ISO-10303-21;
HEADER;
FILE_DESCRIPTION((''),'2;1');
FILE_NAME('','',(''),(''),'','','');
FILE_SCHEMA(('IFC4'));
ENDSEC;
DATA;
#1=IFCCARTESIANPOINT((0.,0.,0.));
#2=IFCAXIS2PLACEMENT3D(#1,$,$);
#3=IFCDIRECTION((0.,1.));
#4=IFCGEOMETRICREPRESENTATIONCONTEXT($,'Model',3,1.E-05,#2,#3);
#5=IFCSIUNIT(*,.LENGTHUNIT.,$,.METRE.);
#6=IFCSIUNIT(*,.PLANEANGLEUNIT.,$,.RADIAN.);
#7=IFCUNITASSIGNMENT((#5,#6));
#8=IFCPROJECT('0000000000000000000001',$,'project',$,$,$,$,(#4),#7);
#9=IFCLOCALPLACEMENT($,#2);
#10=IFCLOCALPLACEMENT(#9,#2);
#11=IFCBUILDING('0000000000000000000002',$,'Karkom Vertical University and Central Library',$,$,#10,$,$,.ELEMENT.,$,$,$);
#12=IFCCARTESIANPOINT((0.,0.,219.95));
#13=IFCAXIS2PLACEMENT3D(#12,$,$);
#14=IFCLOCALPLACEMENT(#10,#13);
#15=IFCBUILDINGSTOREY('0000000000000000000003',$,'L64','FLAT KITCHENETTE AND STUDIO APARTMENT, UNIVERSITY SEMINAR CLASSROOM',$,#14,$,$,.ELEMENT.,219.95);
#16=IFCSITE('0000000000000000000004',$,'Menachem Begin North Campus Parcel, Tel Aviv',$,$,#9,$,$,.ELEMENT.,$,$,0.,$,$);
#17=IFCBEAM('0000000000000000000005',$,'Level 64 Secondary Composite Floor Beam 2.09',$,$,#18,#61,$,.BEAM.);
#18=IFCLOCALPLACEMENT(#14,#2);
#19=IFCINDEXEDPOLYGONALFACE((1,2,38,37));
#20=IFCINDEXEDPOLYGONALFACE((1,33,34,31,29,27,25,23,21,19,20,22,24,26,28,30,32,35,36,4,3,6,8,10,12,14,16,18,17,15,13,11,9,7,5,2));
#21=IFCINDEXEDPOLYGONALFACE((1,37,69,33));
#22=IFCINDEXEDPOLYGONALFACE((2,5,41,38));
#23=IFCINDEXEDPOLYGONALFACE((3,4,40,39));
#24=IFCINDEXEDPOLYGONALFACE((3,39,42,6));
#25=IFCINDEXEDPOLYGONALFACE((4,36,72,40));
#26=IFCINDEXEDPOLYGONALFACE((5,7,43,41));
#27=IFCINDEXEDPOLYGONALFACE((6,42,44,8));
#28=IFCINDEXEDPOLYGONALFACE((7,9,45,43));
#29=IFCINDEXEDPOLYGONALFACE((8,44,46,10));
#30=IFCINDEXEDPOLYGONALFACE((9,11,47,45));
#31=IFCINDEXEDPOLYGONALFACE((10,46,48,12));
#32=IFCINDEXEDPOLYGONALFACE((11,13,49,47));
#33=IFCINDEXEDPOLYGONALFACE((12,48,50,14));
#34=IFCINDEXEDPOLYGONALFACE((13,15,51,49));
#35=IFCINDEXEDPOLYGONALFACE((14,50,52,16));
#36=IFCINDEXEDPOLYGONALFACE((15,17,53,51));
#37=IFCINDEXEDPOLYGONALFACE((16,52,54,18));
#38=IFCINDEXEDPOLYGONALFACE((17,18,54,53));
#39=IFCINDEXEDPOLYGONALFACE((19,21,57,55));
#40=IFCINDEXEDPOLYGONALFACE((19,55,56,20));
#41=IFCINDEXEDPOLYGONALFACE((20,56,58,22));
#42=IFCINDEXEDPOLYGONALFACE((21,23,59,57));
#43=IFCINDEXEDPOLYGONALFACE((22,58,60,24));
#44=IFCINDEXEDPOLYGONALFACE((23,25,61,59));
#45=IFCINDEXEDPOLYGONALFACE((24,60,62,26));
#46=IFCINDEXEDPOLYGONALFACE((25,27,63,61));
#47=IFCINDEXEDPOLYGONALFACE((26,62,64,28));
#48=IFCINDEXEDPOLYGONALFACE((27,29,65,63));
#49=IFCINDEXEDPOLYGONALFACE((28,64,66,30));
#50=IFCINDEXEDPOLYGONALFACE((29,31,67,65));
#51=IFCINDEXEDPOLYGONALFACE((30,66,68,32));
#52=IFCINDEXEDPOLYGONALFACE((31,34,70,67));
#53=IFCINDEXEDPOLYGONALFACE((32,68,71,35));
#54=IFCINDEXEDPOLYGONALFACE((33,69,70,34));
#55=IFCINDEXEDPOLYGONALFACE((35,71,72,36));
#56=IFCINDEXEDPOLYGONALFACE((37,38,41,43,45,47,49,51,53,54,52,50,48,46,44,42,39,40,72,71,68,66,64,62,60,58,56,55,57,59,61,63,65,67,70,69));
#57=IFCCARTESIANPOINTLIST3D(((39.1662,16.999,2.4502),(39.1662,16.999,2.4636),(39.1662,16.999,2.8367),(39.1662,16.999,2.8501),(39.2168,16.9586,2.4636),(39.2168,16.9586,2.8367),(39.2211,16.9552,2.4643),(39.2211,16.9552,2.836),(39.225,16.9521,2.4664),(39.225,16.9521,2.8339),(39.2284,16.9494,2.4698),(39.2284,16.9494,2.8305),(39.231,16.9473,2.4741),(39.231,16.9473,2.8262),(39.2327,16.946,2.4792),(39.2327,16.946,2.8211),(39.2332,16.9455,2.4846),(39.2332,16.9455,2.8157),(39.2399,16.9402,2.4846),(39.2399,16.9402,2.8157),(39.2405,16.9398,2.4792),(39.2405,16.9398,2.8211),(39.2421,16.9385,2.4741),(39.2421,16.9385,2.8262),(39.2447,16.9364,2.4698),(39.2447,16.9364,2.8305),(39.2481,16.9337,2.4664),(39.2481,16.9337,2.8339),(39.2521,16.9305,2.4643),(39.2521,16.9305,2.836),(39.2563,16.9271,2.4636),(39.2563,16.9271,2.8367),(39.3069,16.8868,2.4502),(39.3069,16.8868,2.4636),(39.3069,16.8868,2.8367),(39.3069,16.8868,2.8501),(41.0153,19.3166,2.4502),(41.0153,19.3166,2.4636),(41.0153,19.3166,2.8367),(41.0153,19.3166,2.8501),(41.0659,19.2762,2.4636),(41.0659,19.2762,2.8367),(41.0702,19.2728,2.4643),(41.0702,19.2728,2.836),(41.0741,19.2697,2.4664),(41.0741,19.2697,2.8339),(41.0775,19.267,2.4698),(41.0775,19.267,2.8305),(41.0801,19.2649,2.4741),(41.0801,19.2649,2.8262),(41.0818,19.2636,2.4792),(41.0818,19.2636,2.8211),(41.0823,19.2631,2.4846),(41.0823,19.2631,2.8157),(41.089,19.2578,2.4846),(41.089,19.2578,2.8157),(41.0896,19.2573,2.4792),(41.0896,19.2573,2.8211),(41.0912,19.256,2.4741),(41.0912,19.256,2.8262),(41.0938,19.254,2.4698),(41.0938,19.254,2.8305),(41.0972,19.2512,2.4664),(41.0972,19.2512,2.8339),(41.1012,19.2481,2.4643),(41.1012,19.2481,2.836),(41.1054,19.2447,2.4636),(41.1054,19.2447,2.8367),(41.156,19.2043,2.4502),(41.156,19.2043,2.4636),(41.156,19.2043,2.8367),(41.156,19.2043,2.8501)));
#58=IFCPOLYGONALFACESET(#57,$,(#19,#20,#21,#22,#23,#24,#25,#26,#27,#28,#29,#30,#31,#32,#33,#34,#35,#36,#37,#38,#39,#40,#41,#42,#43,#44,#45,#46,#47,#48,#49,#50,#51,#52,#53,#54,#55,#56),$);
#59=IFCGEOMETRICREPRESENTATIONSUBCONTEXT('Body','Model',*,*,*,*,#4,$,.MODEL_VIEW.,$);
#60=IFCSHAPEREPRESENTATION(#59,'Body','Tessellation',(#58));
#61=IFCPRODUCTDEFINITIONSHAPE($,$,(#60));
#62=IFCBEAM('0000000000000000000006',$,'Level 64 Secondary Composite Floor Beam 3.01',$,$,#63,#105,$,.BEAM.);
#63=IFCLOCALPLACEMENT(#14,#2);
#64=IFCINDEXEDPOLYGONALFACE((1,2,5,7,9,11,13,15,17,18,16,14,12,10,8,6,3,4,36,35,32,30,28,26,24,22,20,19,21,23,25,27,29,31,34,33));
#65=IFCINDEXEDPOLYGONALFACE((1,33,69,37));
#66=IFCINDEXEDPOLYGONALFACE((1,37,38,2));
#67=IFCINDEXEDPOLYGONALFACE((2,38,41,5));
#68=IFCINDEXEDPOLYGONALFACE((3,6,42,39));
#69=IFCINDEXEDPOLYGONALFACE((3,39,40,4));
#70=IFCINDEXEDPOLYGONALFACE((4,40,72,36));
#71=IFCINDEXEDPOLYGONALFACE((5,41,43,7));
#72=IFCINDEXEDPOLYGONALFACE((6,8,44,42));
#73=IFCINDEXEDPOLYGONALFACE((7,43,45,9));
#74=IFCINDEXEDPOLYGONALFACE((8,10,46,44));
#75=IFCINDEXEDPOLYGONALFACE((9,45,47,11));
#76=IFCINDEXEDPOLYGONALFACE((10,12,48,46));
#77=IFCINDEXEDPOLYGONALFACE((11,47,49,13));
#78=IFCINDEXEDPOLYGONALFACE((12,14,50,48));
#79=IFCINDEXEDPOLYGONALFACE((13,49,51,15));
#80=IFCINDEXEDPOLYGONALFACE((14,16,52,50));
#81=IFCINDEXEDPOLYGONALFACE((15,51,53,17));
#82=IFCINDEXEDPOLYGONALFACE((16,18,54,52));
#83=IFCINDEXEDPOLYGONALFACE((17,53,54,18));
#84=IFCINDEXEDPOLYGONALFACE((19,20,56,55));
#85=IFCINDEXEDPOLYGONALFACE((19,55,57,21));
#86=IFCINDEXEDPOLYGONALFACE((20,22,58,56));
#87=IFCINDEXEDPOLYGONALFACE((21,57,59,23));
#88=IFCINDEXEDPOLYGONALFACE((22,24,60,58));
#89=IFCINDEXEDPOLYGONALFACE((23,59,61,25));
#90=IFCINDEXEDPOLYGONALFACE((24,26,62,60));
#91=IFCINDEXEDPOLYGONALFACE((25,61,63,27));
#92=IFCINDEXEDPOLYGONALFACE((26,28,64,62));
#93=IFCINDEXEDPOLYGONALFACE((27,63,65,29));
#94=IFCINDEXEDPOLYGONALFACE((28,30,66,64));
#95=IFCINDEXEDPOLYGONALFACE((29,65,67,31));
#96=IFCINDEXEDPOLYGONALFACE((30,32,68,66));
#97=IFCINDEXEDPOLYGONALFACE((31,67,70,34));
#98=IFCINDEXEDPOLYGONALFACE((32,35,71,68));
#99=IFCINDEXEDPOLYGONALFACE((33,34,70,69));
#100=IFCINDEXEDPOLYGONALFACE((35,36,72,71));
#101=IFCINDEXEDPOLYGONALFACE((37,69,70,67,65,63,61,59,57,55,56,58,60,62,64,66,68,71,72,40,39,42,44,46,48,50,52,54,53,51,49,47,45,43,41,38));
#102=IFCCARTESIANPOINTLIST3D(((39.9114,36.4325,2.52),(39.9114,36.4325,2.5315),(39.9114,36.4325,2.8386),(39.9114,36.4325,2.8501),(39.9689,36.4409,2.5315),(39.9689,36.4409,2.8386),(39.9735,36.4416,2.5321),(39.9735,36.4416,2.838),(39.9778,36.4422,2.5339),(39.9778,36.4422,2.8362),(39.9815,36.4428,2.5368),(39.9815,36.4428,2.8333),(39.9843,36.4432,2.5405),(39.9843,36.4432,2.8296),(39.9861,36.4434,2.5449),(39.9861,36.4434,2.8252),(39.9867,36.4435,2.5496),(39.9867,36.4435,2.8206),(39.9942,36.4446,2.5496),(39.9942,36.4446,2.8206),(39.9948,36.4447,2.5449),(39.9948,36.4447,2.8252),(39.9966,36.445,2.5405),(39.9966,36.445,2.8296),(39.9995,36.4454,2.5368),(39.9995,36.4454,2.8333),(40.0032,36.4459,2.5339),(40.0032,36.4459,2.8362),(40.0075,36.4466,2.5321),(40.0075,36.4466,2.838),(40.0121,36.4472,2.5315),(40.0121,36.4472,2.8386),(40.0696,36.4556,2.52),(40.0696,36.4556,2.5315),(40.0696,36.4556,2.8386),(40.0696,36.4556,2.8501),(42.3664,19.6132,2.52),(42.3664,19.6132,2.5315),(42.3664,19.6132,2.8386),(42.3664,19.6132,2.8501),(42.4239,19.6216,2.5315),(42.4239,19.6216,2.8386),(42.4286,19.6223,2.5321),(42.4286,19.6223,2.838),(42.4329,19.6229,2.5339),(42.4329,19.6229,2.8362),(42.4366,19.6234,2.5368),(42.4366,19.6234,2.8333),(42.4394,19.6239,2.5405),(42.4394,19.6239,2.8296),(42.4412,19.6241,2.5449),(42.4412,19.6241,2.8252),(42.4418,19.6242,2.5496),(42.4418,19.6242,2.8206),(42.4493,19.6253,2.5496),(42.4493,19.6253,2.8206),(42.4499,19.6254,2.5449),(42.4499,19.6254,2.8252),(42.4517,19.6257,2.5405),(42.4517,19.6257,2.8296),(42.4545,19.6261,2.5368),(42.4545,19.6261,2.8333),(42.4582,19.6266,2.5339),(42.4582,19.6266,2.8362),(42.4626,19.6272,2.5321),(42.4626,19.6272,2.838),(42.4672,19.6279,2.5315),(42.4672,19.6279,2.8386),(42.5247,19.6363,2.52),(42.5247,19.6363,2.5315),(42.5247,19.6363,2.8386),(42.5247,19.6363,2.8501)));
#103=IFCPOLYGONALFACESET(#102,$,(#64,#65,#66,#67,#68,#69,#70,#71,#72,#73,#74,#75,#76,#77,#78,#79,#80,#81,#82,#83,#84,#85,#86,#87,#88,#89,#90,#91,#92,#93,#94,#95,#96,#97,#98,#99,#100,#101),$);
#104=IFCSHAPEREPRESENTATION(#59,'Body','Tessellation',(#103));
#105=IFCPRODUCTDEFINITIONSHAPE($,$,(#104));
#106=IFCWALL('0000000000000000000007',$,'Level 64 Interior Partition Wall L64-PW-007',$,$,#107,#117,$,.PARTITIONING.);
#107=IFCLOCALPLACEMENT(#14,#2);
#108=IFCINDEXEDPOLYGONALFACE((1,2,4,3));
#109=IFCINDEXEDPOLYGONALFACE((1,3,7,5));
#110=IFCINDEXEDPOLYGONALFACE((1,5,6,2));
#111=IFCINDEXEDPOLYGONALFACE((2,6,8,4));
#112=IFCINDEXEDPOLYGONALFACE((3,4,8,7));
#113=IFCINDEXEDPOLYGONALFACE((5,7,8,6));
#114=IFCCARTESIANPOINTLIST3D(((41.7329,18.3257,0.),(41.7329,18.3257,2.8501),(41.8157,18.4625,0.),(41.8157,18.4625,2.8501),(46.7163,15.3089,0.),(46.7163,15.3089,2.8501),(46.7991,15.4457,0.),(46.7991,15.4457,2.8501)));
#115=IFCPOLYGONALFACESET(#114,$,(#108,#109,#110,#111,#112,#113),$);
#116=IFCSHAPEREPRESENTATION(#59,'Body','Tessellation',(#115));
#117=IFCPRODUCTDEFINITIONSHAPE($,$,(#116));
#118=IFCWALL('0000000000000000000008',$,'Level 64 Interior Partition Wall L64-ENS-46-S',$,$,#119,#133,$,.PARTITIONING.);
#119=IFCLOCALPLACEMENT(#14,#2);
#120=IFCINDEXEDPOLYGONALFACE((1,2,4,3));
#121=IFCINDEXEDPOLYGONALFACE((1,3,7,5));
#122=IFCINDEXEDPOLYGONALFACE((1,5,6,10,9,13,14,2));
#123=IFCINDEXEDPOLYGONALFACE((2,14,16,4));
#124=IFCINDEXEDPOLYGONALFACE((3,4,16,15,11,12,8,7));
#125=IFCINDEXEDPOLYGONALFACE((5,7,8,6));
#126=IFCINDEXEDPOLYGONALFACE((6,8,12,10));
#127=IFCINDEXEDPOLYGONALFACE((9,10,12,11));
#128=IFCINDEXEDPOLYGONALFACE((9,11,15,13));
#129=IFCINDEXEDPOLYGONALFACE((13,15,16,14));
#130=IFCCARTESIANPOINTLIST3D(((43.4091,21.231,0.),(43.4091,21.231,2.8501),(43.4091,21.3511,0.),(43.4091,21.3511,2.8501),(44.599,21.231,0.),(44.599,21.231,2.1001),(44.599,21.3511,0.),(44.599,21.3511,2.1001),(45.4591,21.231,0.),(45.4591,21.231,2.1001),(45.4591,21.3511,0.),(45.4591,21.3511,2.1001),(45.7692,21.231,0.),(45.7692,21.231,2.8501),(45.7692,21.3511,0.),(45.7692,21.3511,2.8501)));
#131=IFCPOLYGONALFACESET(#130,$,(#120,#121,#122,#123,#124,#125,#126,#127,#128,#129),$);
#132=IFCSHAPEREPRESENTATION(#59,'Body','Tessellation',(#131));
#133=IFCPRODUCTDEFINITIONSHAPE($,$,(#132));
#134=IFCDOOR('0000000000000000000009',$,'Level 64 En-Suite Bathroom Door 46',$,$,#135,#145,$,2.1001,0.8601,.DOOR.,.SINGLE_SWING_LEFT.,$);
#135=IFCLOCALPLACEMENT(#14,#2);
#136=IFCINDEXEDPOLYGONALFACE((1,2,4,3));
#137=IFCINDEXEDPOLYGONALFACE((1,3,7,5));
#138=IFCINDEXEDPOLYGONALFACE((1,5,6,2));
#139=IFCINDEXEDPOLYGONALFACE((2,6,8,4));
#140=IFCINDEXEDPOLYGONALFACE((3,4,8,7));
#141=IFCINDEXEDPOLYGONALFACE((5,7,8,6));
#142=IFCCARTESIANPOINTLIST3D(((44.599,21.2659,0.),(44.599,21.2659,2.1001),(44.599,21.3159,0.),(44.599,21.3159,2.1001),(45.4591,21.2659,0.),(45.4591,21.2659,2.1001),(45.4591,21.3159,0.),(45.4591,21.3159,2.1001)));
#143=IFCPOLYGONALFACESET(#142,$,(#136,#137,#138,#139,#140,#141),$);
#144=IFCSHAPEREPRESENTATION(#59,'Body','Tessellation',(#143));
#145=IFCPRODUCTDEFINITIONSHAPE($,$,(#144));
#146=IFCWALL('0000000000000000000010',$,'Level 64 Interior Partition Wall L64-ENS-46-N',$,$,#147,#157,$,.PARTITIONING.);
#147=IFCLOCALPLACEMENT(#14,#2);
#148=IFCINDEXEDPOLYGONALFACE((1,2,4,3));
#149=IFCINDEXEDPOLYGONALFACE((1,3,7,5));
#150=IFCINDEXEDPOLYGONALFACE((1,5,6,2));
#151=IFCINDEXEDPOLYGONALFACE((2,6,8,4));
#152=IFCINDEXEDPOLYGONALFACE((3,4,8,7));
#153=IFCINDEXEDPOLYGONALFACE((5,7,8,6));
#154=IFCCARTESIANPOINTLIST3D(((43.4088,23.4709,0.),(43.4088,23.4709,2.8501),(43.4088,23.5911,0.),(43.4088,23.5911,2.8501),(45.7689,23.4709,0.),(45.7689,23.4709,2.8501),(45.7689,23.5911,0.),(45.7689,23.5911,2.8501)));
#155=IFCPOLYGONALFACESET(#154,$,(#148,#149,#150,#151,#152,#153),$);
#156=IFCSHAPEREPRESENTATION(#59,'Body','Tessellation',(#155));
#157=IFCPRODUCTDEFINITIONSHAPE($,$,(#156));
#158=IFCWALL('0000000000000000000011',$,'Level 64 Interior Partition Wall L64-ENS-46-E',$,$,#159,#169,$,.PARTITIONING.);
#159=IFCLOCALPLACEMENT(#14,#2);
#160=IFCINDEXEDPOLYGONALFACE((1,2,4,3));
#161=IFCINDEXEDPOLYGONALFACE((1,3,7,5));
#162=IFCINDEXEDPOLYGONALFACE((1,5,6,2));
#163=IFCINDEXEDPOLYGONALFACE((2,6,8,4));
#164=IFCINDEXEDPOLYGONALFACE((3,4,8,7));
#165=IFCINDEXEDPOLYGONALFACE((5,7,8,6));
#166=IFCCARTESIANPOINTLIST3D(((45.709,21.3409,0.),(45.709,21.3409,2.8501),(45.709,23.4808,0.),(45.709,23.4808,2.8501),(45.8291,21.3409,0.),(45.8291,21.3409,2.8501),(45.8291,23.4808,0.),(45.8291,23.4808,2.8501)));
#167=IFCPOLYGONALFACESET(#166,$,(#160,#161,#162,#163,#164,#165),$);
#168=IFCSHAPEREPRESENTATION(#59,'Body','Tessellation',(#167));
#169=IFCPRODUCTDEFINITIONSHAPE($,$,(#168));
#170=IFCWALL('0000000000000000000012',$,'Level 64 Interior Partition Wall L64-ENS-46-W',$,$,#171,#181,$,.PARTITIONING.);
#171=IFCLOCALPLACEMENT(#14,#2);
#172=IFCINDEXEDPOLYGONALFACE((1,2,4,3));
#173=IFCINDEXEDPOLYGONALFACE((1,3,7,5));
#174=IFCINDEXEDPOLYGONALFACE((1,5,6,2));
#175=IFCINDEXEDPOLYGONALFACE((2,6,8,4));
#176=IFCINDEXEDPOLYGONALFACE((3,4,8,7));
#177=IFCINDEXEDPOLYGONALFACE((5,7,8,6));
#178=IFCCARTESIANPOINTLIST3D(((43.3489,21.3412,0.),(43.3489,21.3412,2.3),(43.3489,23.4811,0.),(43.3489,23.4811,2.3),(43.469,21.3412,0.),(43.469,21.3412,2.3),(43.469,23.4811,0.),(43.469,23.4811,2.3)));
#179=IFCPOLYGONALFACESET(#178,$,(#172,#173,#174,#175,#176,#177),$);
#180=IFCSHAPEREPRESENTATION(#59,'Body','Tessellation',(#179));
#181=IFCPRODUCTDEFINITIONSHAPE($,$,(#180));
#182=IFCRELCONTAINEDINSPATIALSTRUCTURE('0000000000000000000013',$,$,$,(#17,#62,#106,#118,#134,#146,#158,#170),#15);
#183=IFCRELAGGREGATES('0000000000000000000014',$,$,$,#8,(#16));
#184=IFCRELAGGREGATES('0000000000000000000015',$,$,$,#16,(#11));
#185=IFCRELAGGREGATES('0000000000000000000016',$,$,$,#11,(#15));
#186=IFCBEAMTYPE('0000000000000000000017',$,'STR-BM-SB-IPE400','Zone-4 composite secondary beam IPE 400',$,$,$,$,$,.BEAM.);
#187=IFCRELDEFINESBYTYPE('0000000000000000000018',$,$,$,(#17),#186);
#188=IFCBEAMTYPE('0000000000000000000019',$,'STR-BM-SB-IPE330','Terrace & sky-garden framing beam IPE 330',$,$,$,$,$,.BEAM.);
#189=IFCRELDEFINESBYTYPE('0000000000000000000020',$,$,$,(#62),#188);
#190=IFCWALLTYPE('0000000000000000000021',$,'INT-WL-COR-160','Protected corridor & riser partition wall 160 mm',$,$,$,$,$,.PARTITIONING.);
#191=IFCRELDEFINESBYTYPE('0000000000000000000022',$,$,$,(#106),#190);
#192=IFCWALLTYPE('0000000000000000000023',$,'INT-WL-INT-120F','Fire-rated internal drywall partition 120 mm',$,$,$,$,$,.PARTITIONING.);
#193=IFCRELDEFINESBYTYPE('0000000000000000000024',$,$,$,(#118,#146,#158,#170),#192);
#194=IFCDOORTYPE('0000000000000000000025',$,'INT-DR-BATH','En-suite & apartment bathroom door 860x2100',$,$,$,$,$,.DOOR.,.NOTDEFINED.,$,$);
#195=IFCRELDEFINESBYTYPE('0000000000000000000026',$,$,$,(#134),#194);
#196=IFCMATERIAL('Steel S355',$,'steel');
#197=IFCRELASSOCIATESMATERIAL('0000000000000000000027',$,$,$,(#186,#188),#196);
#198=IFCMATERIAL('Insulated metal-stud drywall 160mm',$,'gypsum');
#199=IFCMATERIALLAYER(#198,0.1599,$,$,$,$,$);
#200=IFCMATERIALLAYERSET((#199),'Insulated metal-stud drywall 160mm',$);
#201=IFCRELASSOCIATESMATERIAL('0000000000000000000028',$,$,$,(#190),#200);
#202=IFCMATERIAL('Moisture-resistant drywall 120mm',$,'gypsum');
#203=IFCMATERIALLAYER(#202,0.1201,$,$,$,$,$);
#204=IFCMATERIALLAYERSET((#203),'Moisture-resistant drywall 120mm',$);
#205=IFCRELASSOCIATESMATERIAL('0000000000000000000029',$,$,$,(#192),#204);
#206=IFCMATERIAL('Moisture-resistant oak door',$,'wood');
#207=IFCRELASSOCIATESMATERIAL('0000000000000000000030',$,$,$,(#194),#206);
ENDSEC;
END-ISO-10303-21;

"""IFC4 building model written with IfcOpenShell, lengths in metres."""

from ifc_helpers import new_model, si_unit, direction, frame, frame_2d, origin, origin_with_axes, origin_2d, place, context, subcontext, project, spatial, rectangle, i_section, extrude, source, transform, mapped, material, layer, layer_set, material_profile, profile_set, type_object, element, fill, save


model = new_model("IFC4")

# Units and contexts
model_context = context("Model", 3, precision=1e-05, world=origin(), true_north=direction((0.0, 1.0)))
body_context = subcontext(model_context, "Body", "Model", "MODEL_VIEW")
ifc_project = project(units=[si_unit("LENGTHUNIT", "METRE"), si_unit("PLANEANGLEUNIT", "RADIAN")], contexts=[model_context])

# Site, building, storey
site_placement = place(None, origin())
site = spatial("IfcSite", under=ifc_project, at=site_placement, Name="Menachem Begin North Campus Parcel, Tel Aviv", CompositionType="ELEMENT", RefElevation=0.0)
building_placement = place(site_placement, origin())
building = spatial("IfcBuilding", under=site, at=building_placement, Name="Karkom Vertical University and Central Library", CompositionType="ELEMENT")
storey_placement = place(building_placement, frame((0.0, 0.0, 219.95)))
storey = spatial("IfcBuildingStorey", under=building, at=storey_placement, Name="L64", Description="FLAT KITCHENETTE AND STUDIO APARTMENT, UNIVERSITY SEMINAR CLASSROOM", CompositionType="ELEMENT", Elevation=219.95)

# Beams
ifc_material_1 = material(Name="Steel S355", Category="steel")
ifc_material_profile_1 = material_profile(ifc_material_1, i_section(OverallWidth=0.1799, OverallDepth=0.3999, WebThickness=0.0085, FlangeThickness=0.0134, FilletRadius=0.021, at=origin_2d()), Name="IPE 400")
ifc_profile_set_1 = profile_set([ifc_material_profile_1], Name="Steel S355")
beam_type_1 = type_object("IfcBeamType", Name="STR-BM-SB-IPE400", Description="Zone-4 composite secondary beam IPE 400", PredefinedType="BEAM", material=ifc_profile_set_1)
shared_shape_1 = source(origin_with_axes(), body_context, "Body", "SweptSolid", [
    extrude(i_section(OverallWidth=0.1799, OverallDepth=0.3999, WebThickness=0.0085, FlangeThickness=0.0134, FilletRadius=0.021, at=origin_2d()), origin(), (0.0, 0.0, 1.0), 2.9648),
])
beam_1_placement = place(storey_placement, frame((39.2366, 16.9429, 2.6501), z_axis=(0.62367, 0.781688, 0.0), x_axis=(-0.781688, 0.62367, 0.0)))
element("IfcBeam", 1, at=beam_1_placement, inside=storey, type_object=beam_type_1, Name="Level 64 Secondary Composite Floor Beam 2.09", PredefinedType="BEAM", context=body_context, shape_type="MappedRepresentation", body=[
    mapped(shared_shape_1, transform((0.0, 0.0, 0.0), scale=1.0)),
])
ifc_material_profile_2 = material_profile(ifc_material_1, i_section(OverallWidth=0.1599, OverallDepth=0.3301, WebThickness=0.0076, FlangeThickness=0.0115, FilletRadius=0.0181, at=origin_2d()), Name="IPE 330")
ifc_profile_set_2 = profile_set([ifc_material_profile_2], Name="Steel S355")
beam_type_2 = type_object("IfcBeamType", Name="STR-BM-SB-IPE330", Description="Terrace & sky-garden framing beam IPE 330", PredefinedType="BEAM", material=ifc_profile_set_2)
shared_shape_2 = source(origin_with_axes(), body_context, "Body", "SweptSolid", [
    extrude(i_section(OverallWidth=0.1599, OverallDepth=0.3301, WebThickness=0.0076, FlangeThickness=0.0115, FilletRadius=0.0181, at=origin_2d()), origin(), (0.0, 0.0, 1.0), 16.9976),
])
beam_2_placement = place(storey_placement, frame((42.4456, 19.6248, 2.6851), z_axis=(-0.144437, 0.989514, 0.0), x_axis=(-0.989514, -0.144437, 0.0)))
element("IfcBeam", 2, at=beam_2_placement, inside=storey, type_object=beam_type_2, Name="Level 64 Secondary Composite Floor Beam 3.01", PredefinedType="BEAM", context=body_context, shape_type="MappedRepresentation", body=[
    mapped(shared_shape_2, transform((0.0, 0.0, 0.0), scale=1.0)),
])

# Wall
ifc_material_2 = material(Name="Insulated metal-stud drywall 160mm", Category="gypsum")
ifc_layer_1 = layer(ifc_material_2, 0.1599)
ifc_layer_set_1 = layer_set([ifc_layer_1], Name="Insulated metal-stud drywall 160mm")
wall_type_1 = type_object("IfcWallType", Name="INT-WL-COR-160", Description="Protected corridor & riser partition wall 160 mm", PredefinedType="PARTITIONING", material=ifc_layer_set_1)
wall_1_placement = place(storey_placement, frame((41.7744, 18.394, 0.0), z_axis=(0.0, 0.0, 1.0), x_axis=(0.855456, -0.517875, 0.0)))
element("IfcWall", 3, at=wall_1_placement, inside=storey, type_object=wall_type_1, Name="Level 64 Interior Partition Wall L64-PW-007", PredefinedType="PARTITIONING", context=body_context, shape_type="SweptSolid", body=[
    extrude(rectangle(XDim=5.8254, YDim=0.1599, at=frame_2d((2.9126, 0.0))), origin(), (0.0, 0.0, 1.0), 2.8501),
])

# Wall, opening, door
ifc_material_3 = material(Name="Moisture-resistant drywall 120mm", Category="gypsum")
ifc_layer_2 = layer(ifc_material_3, 0.1201)
ifc_layer_set_2 = layer_set([ifc_layer_2], Name="Moisture-resistant drywall 120mm")
wall_type_2 = type_object("IfcWallType", Name="INT-WL-INT-120F", Description="Fire-rated internal drywall partition 120 mm", PredefinedType="PARTITIONING", material=ifc_layer_set_2)
wall_2_placement = place(storey_placement, frame((43.4089, 21.291, 0.0), z_axis=(0.0, 0.0, 1.0), x_axis=(1.0, 0.0, 0.0)))
wall_2 = element("IfcWall", 4, at=wall_2_placement, inside=storey, type_object=wall_type_2, Name="Level 64 Interior Partition Wall L64-ENS-46-S", PredefinedType="PARTITIONING", context=body_context, shape_type="SweptSolid", body=[
    extrude(rectangle(XDim=2.3601, YDim=0.1201, at=frame_2d((1.1802, 0.0))), origin(), (0.0, 0.0, 1.0), 2.8501),
])
opening_placement = place(wall_2_placement, frame((1.1899, 0.0, 0.0)))
opening = element("IfcOpeningElement", 5, at=opening_placement, cuts=wall_2, PredefinedType="OPENING", context=body_context, shape_type="SweptSolid", body=[
    extrude(rectangle(XDim=0.8601, YDim=2.1001, at=frame_2d((0.4302, 1.05))), frame((0.0, 0.0701, 0.0), z_axis=(0.0, -1.0, 0.0), x_axis=(1.0, 0.0, 0.0)), (0.0, 0.0, 1.0), 0.1401),
])
ifc_material_4 = material(Name="Moisture-resistant oak door", Category="wood")
door_type = type_object("IfcDoorType", Name="INT-DR-BATH", Description="En-suite & apartment bathroom door 860x2100", OperationType="NOTDEFINED", PredefinedType="DOOR", material=ifc_material_4)
shared_shape_3 = source(origin_with_axes(), body_context, "Body", "SweptSolid", [
    extrude(rectangle(XDim=0.8601, YDim=2.1001, at=frame_2d((0.4302, 1.05))), frame((0.0, 0.0249, 0.0), z_axis=(0.0, -1.0, 0.0), x_axis=(1.0, 0.0, 0.0)), (0.0, 0.0, 1.0), 0.05),
])
door_placement = place(opening_placement, origin())
door = element("IfcDoor", 6, at=door_placement, inside=storey, type_object=door_type, Name="Level 64 En-Suite Bathroom Door 46", OperationType="SINGLE_SWING_LEFT", OverallHeight=2.1001, OverallWidth=0.8601, PredefinedType="DOOR", context=body_context, shape_type="MappedRepresentation", body=[
    mapped(shared_shape_3, transform((0.0, 0.0, 0.0), scale=1.0)),
])
fill(opening, door)

# Walls
wall_3_placement = place(storey_placement, frame((45.769, 23.531, 0.0), z_axis=(0.0, 0.0, 1.0), x_axis=(-1.0, 0.0, 0.0)))
element("IfcWall", 7, at=wall_3_placement, inside=storey, type_object=wall_type_2, Name="Level 64 Interior Partition Wall L64-ENS-46-N", PredefinedType="PARTITIONING", context=body_context, shape_type="SweptSolid", body=[
    extrude(rectangle(XDim=2.3601, YDim=0.1201, at=frame_2d((1.1802, 0.0))), origin(), (0.0, 0.0, 1.0), 2.8501),
])
wall_4_placement = place(storey_placement, frame((45.769, 21.3411, 0.0), z_axis=(0.0, 0.0, 1.0), x_axis=(0.0, 1.0, 0.0)))
element("IfcWall", 8, at=wall_4_placement, inside=storey, type_object=wall_type_2, Name="Level 64 Interior Partition Wall L64-ENS-46-E", PredefinedType="PARTITIONING", context=body_context, shape_type="SweptSolid", body=[
    extrude(rectangle(XDim=2.1399, YDim=0.1201, at=frame_2d((1.0698, 0.0))), origin(), (0.0, 0.0, 1.0), 2.8501),
])
wall_5_placement = place(storey_placement, frame((43.4089, 23.481, 0.0), z_axis=(0.0, 0.0, 1.0), x_axis=(0.0, -1.0, 0.0)))
element("IfcWall", 9, at=wall_5_placement, inside=storey, type_object=wall_type_2, Name="Level 64 Interior Partition Wall L64-ENS-46-W", PredefinedType="PARTITIONING", context=body_context, shape_type="SweptSolid", body=[
    extrude(rectangle(XDim=2.1399, YDim=0.1201, at=frame_2d((1.0698, 0.0))), origin(), (0.0, 0.0, 1.0), 2.3),
])

save(model, "model.ifc")
